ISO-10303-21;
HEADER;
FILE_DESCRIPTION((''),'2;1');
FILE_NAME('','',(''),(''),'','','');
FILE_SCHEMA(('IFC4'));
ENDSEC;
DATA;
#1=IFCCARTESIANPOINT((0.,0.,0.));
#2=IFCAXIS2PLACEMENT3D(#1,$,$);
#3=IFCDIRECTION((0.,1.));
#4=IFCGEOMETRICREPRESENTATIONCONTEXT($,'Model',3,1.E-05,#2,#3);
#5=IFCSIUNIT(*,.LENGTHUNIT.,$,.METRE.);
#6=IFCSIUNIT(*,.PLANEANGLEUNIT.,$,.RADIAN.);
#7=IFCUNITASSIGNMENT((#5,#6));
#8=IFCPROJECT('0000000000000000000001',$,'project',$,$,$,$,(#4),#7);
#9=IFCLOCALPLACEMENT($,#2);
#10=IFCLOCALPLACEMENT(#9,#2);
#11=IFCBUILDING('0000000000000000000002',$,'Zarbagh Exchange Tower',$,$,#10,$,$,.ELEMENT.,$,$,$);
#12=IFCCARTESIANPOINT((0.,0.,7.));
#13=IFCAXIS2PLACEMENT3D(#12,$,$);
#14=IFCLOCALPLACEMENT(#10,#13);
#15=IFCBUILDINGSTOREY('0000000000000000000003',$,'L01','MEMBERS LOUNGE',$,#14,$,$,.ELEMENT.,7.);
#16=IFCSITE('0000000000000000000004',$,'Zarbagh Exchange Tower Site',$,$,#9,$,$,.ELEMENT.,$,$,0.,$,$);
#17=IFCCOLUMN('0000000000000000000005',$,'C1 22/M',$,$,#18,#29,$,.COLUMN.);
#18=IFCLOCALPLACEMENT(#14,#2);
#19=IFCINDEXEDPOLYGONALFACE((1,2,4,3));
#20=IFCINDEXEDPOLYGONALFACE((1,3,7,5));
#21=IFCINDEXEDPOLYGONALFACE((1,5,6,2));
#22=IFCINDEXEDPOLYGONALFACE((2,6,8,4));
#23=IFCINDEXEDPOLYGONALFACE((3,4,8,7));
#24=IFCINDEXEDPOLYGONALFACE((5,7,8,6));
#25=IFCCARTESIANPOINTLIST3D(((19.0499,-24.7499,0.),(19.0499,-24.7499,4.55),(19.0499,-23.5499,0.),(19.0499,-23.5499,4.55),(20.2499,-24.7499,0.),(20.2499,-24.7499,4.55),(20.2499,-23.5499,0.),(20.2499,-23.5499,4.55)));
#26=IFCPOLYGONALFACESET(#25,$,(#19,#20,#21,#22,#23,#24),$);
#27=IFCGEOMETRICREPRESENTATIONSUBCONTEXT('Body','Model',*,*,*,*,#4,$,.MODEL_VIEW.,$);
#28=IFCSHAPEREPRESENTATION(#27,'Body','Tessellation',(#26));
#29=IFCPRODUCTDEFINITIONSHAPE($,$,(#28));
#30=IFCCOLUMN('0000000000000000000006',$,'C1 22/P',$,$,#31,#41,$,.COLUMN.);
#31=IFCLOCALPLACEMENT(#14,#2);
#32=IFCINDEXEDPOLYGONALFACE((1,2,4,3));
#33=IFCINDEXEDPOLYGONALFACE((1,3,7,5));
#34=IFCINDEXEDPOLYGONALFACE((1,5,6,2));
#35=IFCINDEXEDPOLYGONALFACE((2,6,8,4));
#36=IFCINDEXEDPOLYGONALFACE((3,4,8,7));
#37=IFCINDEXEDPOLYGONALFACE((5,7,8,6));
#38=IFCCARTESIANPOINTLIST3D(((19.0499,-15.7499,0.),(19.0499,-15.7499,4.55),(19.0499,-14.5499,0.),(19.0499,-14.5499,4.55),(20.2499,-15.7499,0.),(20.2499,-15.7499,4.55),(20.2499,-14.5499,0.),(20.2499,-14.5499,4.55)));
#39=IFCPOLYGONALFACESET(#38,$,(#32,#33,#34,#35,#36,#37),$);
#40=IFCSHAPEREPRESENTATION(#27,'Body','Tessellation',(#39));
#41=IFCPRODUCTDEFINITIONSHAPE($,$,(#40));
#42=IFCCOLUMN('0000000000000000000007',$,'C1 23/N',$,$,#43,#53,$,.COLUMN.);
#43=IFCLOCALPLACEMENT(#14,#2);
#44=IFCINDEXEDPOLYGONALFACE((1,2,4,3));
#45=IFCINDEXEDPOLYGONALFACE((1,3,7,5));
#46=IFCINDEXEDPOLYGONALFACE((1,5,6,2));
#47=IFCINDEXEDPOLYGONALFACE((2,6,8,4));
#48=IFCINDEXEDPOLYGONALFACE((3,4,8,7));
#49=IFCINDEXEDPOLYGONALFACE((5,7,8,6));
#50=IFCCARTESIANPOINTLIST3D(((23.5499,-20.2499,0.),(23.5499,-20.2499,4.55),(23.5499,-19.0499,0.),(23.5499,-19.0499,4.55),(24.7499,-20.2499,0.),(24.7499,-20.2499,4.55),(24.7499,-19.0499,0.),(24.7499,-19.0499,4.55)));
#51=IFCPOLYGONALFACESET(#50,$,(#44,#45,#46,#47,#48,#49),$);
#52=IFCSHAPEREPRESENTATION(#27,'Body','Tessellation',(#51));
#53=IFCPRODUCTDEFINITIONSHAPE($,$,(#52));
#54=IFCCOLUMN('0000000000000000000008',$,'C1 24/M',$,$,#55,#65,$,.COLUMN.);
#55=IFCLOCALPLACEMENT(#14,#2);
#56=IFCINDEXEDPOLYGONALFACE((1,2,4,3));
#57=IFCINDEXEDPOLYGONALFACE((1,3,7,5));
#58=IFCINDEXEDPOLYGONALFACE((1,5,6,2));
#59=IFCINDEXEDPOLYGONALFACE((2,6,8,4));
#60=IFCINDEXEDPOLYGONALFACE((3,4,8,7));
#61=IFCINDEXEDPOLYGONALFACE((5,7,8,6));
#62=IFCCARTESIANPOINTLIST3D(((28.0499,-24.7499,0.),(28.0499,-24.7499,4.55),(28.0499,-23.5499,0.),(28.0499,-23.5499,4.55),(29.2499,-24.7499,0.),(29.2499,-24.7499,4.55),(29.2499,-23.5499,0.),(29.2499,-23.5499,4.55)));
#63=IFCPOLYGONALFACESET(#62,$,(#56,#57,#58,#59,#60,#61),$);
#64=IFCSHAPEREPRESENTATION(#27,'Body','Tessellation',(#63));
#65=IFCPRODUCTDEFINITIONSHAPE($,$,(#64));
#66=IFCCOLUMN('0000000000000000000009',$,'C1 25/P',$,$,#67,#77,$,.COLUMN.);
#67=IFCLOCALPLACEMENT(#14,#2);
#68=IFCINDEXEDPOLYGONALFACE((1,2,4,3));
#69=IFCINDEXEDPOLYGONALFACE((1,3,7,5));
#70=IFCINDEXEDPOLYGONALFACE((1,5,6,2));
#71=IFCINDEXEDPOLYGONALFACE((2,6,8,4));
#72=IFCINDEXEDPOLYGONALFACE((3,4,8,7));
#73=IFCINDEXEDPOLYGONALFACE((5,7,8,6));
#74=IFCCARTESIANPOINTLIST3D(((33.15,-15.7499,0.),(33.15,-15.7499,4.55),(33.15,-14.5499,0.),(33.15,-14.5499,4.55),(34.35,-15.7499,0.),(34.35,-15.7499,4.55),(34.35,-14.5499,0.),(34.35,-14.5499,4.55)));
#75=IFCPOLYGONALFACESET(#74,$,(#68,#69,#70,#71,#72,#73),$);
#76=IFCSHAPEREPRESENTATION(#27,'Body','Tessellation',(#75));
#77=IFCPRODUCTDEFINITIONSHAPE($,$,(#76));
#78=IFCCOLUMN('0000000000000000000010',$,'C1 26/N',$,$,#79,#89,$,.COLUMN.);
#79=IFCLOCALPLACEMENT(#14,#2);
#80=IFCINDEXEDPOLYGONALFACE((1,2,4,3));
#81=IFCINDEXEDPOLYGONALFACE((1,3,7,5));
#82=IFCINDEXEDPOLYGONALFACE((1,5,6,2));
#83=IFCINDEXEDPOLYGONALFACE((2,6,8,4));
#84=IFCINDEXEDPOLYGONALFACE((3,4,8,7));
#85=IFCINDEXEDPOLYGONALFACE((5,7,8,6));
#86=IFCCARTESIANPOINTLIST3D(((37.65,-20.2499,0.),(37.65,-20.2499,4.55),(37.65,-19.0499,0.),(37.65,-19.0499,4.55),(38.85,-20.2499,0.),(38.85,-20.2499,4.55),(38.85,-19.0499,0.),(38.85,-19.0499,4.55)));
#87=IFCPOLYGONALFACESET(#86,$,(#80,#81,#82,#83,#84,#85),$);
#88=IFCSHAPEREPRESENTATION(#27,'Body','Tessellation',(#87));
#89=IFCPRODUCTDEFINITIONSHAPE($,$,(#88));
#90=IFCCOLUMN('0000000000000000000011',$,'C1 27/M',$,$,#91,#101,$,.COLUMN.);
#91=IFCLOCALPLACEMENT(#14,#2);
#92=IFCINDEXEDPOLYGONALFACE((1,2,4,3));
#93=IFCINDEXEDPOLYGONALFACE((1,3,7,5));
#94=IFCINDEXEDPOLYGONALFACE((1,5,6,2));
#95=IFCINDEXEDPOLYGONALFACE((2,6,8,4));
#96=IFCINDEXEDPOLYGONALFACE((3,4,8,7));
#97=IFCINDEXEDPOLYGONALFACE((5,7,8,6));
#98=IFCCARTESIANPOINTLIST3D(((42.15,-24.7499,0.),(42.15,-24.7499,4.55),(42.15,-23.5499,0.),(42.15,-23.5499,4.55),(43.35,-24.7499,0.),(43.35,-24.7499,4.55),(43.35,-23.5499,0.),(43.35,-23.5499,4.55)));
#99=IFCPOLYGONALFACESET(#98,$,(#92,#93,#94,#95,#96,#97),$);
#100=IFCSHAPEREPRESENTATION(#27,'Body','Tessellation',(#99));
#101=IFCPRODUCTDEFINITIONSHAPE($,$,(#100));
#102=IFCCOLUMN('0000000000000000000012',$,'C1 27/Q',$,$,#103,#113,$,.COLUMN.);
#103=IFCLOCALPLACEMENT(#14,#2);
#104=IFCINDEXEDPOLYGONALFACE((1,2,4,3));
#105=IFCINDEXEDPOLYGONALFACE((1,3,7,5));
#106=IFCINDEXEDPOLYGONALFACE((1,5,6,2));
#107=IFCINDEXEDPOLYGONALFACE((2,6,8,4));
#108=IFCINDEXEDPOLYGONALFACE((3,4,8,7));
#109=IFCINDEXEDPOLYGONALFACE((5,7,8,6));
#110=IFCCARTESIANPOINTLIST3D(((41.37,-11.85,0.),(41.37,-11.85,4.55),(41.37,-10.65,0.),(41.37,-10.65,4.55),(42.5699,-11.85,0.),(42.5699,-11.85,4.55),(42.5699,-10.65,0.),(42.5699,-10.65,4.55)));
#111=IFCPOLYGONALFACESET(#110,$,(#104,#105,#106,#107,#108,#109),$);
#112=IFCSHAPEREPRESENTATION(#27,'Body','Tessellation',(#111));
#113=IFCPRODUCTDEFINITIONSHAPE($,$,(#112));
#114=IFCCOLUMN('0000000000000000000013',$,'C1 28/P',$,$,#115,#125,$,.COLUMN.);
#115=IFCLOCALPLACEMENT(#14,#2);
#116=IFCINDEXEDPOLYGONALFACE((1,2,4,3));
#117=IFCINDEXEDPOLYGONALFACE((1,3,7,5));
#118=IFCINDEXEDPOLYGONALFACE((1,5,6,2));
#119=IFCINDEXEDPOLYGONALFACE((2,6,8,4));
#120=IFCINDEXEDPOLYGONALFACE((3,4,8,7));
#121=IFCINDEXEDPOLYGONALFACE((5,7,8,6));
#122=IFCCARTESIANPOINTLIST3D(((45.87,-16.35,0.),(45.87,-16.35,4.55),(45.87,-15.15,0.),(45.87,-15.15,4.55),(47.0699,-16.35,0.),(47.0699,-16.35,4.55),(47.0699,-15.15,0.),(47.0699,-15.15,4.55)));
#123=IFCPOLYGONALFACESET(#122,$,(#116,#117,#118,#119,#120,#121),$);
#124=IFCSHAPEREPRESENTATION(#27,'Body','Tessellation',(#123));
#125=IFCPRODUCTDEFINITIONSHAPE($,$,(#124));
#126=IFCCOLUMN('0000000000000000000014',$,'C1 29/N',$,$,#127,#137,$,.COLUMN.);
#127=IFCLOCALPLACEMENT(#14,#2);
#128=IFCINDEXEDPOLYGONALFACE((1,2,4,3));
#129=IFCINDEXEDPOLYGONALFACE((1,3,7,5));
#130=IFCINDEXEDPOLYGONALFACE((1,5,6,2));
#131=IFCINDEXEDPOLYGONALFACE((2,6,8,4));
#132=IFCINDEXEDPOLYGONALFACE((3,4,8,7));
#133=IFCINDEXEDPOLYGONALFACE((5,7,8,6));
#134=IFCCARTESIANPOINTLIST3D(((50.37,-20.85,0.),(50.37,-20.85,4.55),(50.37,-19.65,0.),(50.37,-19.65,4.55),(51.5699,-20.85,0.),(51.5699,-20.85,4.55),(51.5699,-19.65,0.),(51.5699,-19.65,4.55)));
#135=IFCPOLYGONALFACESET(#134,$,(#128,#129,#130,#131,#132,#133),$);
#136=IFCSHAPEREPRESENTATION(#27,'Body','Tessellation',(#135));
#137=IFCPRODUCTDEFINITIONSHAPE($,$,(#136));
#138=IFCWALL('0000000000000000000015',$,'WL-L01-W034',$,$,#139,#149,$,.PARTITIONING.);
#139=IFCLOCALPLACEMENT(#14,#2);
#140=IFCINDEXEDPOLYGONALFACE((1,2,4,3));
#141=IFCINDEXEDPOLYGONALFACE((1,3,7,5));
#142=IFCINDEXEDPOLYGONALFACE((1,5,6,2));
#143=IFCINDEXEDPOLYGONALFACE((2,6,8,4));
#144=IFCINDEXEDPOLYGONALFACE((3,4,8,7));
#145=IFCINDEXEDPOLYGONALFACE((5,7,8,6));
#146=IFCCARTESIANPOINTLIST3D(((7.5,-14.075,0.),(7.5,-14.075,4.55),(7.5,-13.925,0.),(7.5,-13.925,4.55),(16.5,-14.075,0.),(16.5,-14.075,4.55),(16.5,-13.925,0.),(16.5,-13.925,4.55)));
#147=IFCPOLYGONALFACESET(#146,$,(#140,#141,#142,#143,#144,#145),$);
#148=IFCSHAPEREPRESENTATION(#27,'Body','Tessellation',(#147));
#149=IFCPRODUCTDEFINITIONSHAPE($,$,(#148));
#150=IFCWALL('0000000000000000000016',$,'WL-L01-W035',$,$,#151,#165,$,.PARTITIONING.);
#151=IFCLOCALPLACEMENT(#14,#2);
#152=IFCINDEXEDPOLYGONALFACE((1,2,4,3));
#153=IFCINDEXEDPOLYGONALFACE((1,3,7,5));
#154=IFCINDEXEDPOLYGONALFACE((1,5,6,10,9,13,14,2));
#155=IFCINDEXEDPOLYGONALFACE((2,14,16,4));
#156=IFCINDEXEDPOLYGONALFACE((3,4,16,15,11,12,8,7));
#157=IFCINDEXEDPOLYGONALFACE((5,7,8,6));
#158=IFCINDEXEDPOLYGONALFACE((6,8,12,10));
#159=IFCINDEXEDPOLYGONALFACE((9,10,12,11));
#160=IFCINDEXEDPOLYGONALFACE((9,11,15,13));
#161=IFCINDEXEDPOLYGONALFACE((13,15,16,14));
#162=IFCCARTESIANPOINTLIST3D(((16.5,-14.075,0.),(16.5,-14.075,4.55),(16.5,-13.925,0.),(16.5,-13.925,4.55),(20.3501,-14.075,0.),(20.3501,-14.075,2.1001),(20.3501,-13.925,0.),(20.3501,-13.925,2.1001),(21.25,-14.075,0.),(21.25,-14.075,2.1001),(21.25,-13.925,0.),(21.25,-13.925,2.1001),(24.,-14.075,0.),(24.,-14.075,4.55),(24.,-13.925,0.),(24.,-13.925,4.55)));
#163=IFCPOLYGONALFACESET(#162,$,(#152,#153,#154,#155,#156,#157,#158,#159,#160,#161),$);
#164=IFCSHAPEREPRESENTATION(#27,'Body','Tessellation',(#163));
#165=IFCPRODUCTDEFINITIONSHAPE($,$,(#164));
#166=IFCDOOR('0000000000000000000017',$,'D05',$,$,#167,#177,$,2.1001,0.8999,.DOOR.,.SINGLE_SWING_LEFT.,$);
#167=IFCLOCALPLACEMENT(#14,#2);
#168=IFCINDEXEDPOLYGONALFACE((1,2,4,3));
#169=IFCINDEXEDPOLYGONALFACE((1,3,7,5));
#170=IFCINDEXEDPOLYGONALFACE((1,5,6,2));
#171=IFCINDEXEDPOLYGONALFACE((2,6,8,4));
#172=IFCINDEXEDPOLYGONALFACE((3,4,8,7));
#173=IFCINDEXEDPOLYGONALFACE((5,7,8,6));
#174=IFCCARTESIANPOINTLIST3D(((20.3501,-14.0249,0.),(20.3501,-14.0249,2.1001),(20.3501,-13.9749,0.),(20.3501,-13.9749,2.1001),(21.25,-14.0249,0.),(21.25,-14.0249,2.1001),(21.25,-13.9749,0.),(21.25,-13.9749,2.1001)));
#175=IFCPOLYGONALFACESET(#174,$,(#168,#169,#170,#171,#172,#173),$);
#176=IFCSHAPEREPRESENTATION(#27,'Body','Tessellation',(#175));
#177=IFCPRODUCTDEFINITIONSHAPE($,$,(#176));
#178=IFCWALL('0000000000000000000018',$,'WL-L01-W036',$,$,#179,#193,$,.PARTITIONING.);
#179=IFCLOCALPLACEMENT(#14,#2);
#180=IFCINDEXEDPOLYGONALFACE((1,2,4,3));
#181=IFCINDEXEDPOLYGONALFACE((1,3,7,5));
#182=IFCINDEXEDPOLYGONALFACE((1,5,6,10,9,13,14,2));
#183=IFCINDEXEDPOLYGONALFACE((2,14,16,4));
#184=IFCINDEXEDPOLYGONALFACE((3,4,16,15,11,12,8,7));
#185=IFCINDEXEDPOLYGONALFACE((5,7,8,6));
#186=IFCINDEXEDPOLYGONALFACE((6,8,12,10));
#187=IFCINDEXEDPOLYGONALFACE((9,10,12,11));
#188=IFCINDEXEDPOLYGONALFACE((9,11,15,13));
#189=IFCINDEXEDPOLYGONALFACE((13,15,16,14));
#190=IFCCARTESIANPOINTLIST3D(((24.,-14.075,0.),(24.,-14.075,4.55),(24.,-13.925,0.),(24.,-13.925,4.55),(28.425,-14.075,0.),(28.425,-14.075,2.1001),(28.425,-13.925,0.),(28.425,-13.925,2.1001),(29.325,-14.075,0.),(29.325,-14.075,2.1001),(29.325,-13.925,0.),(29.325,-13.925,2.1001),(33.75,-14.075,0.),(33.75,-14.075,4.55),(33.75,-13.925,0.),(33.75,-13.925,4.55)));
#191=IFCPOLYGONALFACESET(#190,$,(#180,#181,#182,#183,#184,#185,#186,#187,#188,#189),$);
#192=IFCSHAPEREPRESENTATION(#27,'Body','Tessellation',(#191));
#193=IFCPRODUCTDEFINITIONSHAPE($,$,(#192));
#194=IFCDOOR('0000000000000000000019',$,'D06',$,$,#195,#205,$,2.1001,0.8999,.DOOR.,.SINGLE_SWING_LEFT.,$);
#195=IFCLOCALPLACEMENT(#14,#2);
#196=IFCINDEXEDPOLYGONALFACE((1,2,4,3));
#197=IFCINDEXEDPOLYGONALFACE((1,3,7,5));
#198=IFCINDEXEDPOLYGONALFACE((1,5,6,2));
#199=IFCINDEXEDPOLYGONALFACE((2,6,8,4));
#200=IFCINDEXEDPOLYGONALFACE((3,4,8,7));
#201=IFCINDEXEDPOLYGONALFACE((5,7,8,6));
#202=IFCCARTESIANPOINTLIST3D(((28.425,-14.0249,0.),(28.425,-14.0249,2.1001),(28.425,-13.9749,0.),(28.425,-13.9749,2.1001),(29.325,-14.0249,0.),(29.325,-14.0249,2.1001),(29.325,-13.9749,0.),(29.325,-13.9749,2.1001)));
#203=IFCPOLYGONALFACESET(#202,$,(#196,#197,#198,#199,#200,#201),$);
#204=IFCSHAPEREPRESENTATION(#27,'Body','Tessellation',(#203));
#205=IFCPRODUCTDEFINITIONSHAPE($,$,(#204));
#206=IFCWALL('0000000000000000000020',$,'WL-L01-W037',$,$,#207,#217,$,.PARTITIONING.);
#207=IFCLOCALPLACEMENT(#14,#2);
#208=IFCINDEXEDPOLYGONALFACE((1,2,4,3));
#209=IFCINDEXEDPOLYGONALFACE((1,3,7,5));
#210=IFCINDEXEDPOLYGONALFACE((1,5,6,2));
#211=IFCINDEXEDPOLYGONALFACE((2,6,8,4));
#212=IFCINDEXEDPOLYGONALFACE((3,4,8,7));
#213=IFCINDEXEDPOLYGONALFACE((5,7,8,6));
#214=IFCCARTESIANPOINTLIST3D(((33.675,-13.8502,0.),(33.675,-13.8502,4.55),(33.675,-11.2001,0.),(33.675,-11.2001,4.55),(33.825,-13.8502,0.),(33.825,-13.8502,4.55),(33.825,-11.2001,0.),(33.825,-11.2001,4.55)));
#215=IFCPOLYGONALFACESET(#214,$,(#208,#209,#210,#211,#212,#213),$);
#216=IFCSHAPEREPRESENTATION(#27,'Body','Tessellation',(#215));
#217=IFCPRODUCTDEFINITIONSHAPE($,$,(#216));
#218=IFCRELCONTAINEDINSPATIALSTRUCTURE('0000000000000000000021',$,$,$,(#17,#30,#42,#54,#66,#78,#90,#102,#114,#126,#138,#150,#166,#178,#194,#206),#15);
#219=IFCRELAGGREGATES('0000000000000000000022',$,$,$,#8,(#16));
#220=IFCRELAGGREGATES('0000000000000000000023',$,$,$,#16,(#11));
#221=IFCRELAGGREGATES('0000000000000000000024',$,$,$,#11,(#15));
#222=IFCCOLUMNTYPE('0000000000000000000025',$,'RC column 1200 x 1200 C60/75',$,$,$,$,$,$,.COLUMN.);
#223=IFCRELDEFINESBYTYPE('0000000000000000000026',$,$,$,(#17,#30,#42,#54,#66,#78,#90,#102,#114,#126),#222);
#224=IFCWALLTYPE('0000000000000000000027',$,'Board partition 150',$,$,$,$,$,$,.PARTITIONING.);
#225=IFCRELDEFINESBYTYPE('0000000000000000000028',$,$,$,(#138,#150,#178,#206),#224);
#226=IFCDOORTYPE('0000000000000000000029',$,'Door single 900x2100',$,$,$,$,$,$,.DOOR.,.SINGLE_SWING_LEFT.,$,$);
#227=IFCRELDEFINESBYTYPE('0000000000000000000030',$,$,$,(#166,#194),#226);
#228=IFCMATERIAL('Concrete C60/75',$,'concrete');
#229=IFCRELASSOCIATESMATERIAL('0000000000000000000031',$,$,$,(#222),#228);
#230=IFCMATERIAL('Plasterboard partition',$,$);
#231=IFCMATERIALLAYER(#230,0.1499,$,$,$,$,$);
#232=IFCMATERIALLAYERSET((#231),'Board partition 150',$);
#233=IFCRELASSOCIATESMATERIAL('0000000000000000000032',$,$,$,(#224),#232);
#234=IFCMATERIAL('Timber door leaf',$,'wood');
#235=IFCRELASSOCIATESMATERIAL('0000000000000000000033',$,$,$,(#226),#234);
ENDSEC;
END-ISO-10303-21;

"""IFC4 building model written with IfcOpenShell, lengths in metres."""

from ifc_helpers import new_model, si_unit, direction, frame, frame_2d, origin, origin_2d, place, context, subcontext, project, spatial, rectangle, extrude, material, layer, layer_set, material_profile, profile_set, type_object, element, fill, save


model = new_model("IFC4")

# Units and contexts
model_context = context("Model", 3, precision=1e-05, world=origin(), true_north=direction((0.0, 1.0)))
body_context = subcontext(model_context, "Body", "Model", "MODEL_VIEW")
ifc_project = project(units=[si_unit("LENGTHUNIT", "METRE"), si_unit("PLANEANGLEUNIT", "RADIAN")], contexts=[model_context])

# Site, building, storey
site_placement = place(None, origin())
site = spatial("IfcSite", under=ifc_project, at=site_placement, Name="Zarbagh Exchange Tower Site", CompositionType="ELEMENT", RefElevation=0.0)
building_placement = place(site_placement, origin())
building = spatial("IfcBuilding", under=site, at=building_placement, Name="Zarbagh Exchange Tower", CompositionType="ELEMENT")
storey_placement = place(building_placement, frame((0.0, 0.0, 7.0)))
storey = spatial("IfcBuildingStorey", under=building, at=storey_placement, Name="L01", Description="MEMBERS LOUNGE", CompositionType="ELEMENT", Elevation=7.0)

# Columns
ifc_material_1 = material(Name="Concrete C60/75", Category="concrete")
ifc_material_profile = material_profile(ifc_material_1, rectangle(XDim=1.2, YDim=1.2, at=origin_2d()), Name="RC column 1200 x 1200 C60/75")
ifc_profile_set = profile_set([ifc_material_profile], Name="Concrete C60/75")
column_type = type_object("IfcColumnType", Name="RC column 1200 x 1200 C60/75", PredefinedType="COLUMN", material=ifc_profile_set)
for number, where, z_axis, x_axis, name in (
    (1, (19.6499, -24.1499, 0.0), (0.0, 0.0, 1.0), (1.0, 0.0, 0.0), "C1 22/M"),
    (2, (19.6499, -15.1499, 0.0), (0.0, 0.0, 1.0), (1.0, 0.0, 0.0), "C1 22/P"),
    (3, (24.1499, -19.6499, 0.0), (0.0, 0.0, 1.0), (1.0, 0.0, 0.0), "C1 23/N"),
    (4, (28.6499, -24.1499, 0.0), (0.0, 0.0, 1.0), (1.0, 0.0, 0.0), "C1 24/M"),
    (5, (33.75, -15.1499, 0.0), (0.0, 0.0, 1.0), (1.0, 0.0, 0.0), "C1 25/P"),
    (6, (38.25, -19.6499, 0.0), (0.0, 0.0, 1.0), (1.0, 0.0, 0.0), "C1 26/N"),
    (7, (42.75, -24.1499, 0.0), (0.0, 0.0, 1.0), (1.0, 0.0, 0.0), "C1 27/M"),
    (8, (41.97, -11.25, 0.0), (0.0, 0.0, 1.0), (1.0, 0.0, 0.0), "C1 27/Q"),
    (9, (46.47, -15.75, 0.0), (0.0, 0.0, 1.0), (1.0, 0.0, 0.0), "C1 28/P"),
    (10, (50.97, -20.25, 0.0), (0.0, 0.0, 1.0), (1.0, 0.0, 0.0), "C1 29/N"),
):
    element("IfcColumn", number, at=place(storey_placement, frame(where, z_axis=z_axis, x_axis=x_axis)), inside=storey, type_object=column_type, Name=name, PredefinedType="COLUMN", context=body_context, shape_type="SweptSolid", body=[
        extrude(rectangle(XDim=1.2, YDim=1.2, at=origin_2d()), origin(), (0.0, 0.0, 1.0), 4.55),
    ])

# Wall
ifc_material_2 = material(Name="Plasterboard partition")
ifc_layer_1 = layer(ifc_material_2, 0.1499)
ifc_layer_set_1 = layer_set([ifc_layer_1], Name="Board partition 150")
wall_type_1 = type_object("IfcWallType", Name="Board partition 150", PredefinedType="PARTITIONING", material=ifc_layer_set_1)
wall_1_placement = place(storey_placement, frame((16.5, -14.0, 0.0), z_axis=(0.0, 0.0, 1.0), x_axis=(-1.0, 0.0, 0.0)))
element("IfcWall", 11, at=wall_1_placement, inside=storey, type_object=wall_type_1, Name="WL-L01-W034", PredefinedType="PARTITIONING", context=body_context, shape_type="SweptSolid", body=[
    extrude(rectangle(XDim=9.0, YDim=0.1499, at=frame_2d((4.5, 0.0))), origin(), (0.0, 0.0, 1.0), 4.55),
])

# Walls, openings, doors
wall_2_placement = place(storey_placement, frame((24.0, -14.0, 0.0), z_axis=(0.0, 0.0, 1.0), x_axis=(-1.0, 0.0, 0.0)))
wall_2 = element("IfcWall", 12, at=wall_2_placement, inside=storey, type_object=wall_type_1, Name="WL-L01-W035", PredefinedType="PARTITIONING", context=body_context, shape_type="SweptSolid", body=[
    extrude(rectangle(XDim=7.5, YDim=0.1499, at=frame_2d((3.75, 0.0))), origin(), (0.0, 0.0, 1.0), 4.55),
])
opening_1_placement = place(wall_2_placement, frame((2.75, 0.0, 0.0)))
opening_1 = element("IfcOpeningElement", 13, at=opening_1_placement, cuts=wall_2, PredefinedType="OPENING", context=body_context, shape_type="SweptSolid", body=[
    extrude(rectangle(XDim=0.8999, YDim=2.1001, at=frame_2d((0.45, 1.05))), frame((0.0, 0.085, 0.0), z_axis=(0.0, -1.0, 0.0), x_axis=(1.0, 0.0, 0.0)), (0.0, 0.0, 1.0), 0.1699),
])
ifc_material_3 = material(Name="Timber door leaf", Category="wood")
door_type = type_object("IfcDoorType", Name="Door single 900x2100", OperationType="SINGLE_SWING_LEFT", PredefinedType="DOOR", material=ifc_material_3)
door_1_placement = place(opening_1_placement, origin())
door_1 = element("IfcDoor", 14, at=door_1_placement, inside=storey, type_object=door_type, Name="D05", OperationType="SINGLE_SWING_LEFT", OverallHeight=2.1001, OverallWidth=0.8999, PredefinedType="DOOR", context=body_context, shape_type="SweptSolid", body=[
    extrude(rectangle(XDim=0.8999, YDim=2.1001, at=frame_2d((0.45, 1.05))), frame((0.0, 0.0249, 0.0), z_axis=(0.0, -1.0, 0.0), x_axis=(1.0, 0.0, 0.0)), (0.0, 0.0, 1.0), 0.05),
])
fill(opening_1, door_1)
wall_3_placement = place(storey_placement, frame((33.75, -14.0, 0.0), z_axis=(0.0, 0.0, 1.0), x_axis=(-1.0, 0.0, 0.0)))
wall_3 = element("IfcWall", 15, at=wall_3_placement, inside=storey, type_object=wall_type_1, Name="WL-L01-W036", PredefinedType="PARTITIONING", context=body_context, shape_type="SweptSolid", body=[
    extrude(rectangle(XDim=9.75, YDim=0.1499, at=frame_2d((4.875, 0.0))), origin(), (0.0, 0.0, 1.0), 4.55),
])
opening_2_placement = place(wall_3_placement, frame((4.425, 0.0, 0.0)))
opening_2 = element("IfcOpeningElement", 16, at=opening_2_placement, cuts=wall_3, PredefinedType="OPENING", context=body_context, shape_type="SweptSolid", body=[
    extrude(rectangle(XDim=0.8999, YDim=2.1001, at=frame_2d((0.45, 1.05))), frame((0.0, 0.085, 0.0), z_axis=(0.0, -1.0, 0.0), x_axis=(1.0, 0.0, 0.0)), (0.0, 0.0, 1.0), 0.1699),
])
door_2_placement = place(opening_2_placement, origin())
door_2 = element("IfcDoor", 17, at=door_2_placement, inside=storey, type_object=door_type, Name="D06", OperationType="SINGLE_SWING_LEFT", OverallHeight=2.1001, OverallWidth=0.8999, PredefinedType="DOOR", context=body_context, shape_type="SweptSolid", body=[
    extrude(rectangle(XDim=0.8999, YDim=2.1001, at=frame_2d((0.45, 1.05))), frame((0.0, 0.0249, 0.0), z_axis=(0.0, -1.0, 0.0), x_axis=(1.0, 0.0, 0.0)), (0.0, 0.0, 1.0), 0.05),
])
fill(opening_2, door_2)

# Wall
wall_4_placement = place(storey_placement, frame((33.75, -11.2, 0.0), z_axis=(0.0, 0.0, 1.0), x_axis=(0.0, -1.0, 0.0)))
element("IfcWall", 18, at=wall_4_placement, inside=storey, type_object=wall_type_1, Name="WL-L01-W037", PredefinedType="PARTITIONING", context=body_context, shape_type="SweptSolid", body=[
    extrude(rectangle(XDim=2.6501, YDim=0.1499, at=frame_2d((1.3252, 0.0))), origin(), (0.0, 0.0, 1.0), 4.55),
])

save(model, "model.ifc")
